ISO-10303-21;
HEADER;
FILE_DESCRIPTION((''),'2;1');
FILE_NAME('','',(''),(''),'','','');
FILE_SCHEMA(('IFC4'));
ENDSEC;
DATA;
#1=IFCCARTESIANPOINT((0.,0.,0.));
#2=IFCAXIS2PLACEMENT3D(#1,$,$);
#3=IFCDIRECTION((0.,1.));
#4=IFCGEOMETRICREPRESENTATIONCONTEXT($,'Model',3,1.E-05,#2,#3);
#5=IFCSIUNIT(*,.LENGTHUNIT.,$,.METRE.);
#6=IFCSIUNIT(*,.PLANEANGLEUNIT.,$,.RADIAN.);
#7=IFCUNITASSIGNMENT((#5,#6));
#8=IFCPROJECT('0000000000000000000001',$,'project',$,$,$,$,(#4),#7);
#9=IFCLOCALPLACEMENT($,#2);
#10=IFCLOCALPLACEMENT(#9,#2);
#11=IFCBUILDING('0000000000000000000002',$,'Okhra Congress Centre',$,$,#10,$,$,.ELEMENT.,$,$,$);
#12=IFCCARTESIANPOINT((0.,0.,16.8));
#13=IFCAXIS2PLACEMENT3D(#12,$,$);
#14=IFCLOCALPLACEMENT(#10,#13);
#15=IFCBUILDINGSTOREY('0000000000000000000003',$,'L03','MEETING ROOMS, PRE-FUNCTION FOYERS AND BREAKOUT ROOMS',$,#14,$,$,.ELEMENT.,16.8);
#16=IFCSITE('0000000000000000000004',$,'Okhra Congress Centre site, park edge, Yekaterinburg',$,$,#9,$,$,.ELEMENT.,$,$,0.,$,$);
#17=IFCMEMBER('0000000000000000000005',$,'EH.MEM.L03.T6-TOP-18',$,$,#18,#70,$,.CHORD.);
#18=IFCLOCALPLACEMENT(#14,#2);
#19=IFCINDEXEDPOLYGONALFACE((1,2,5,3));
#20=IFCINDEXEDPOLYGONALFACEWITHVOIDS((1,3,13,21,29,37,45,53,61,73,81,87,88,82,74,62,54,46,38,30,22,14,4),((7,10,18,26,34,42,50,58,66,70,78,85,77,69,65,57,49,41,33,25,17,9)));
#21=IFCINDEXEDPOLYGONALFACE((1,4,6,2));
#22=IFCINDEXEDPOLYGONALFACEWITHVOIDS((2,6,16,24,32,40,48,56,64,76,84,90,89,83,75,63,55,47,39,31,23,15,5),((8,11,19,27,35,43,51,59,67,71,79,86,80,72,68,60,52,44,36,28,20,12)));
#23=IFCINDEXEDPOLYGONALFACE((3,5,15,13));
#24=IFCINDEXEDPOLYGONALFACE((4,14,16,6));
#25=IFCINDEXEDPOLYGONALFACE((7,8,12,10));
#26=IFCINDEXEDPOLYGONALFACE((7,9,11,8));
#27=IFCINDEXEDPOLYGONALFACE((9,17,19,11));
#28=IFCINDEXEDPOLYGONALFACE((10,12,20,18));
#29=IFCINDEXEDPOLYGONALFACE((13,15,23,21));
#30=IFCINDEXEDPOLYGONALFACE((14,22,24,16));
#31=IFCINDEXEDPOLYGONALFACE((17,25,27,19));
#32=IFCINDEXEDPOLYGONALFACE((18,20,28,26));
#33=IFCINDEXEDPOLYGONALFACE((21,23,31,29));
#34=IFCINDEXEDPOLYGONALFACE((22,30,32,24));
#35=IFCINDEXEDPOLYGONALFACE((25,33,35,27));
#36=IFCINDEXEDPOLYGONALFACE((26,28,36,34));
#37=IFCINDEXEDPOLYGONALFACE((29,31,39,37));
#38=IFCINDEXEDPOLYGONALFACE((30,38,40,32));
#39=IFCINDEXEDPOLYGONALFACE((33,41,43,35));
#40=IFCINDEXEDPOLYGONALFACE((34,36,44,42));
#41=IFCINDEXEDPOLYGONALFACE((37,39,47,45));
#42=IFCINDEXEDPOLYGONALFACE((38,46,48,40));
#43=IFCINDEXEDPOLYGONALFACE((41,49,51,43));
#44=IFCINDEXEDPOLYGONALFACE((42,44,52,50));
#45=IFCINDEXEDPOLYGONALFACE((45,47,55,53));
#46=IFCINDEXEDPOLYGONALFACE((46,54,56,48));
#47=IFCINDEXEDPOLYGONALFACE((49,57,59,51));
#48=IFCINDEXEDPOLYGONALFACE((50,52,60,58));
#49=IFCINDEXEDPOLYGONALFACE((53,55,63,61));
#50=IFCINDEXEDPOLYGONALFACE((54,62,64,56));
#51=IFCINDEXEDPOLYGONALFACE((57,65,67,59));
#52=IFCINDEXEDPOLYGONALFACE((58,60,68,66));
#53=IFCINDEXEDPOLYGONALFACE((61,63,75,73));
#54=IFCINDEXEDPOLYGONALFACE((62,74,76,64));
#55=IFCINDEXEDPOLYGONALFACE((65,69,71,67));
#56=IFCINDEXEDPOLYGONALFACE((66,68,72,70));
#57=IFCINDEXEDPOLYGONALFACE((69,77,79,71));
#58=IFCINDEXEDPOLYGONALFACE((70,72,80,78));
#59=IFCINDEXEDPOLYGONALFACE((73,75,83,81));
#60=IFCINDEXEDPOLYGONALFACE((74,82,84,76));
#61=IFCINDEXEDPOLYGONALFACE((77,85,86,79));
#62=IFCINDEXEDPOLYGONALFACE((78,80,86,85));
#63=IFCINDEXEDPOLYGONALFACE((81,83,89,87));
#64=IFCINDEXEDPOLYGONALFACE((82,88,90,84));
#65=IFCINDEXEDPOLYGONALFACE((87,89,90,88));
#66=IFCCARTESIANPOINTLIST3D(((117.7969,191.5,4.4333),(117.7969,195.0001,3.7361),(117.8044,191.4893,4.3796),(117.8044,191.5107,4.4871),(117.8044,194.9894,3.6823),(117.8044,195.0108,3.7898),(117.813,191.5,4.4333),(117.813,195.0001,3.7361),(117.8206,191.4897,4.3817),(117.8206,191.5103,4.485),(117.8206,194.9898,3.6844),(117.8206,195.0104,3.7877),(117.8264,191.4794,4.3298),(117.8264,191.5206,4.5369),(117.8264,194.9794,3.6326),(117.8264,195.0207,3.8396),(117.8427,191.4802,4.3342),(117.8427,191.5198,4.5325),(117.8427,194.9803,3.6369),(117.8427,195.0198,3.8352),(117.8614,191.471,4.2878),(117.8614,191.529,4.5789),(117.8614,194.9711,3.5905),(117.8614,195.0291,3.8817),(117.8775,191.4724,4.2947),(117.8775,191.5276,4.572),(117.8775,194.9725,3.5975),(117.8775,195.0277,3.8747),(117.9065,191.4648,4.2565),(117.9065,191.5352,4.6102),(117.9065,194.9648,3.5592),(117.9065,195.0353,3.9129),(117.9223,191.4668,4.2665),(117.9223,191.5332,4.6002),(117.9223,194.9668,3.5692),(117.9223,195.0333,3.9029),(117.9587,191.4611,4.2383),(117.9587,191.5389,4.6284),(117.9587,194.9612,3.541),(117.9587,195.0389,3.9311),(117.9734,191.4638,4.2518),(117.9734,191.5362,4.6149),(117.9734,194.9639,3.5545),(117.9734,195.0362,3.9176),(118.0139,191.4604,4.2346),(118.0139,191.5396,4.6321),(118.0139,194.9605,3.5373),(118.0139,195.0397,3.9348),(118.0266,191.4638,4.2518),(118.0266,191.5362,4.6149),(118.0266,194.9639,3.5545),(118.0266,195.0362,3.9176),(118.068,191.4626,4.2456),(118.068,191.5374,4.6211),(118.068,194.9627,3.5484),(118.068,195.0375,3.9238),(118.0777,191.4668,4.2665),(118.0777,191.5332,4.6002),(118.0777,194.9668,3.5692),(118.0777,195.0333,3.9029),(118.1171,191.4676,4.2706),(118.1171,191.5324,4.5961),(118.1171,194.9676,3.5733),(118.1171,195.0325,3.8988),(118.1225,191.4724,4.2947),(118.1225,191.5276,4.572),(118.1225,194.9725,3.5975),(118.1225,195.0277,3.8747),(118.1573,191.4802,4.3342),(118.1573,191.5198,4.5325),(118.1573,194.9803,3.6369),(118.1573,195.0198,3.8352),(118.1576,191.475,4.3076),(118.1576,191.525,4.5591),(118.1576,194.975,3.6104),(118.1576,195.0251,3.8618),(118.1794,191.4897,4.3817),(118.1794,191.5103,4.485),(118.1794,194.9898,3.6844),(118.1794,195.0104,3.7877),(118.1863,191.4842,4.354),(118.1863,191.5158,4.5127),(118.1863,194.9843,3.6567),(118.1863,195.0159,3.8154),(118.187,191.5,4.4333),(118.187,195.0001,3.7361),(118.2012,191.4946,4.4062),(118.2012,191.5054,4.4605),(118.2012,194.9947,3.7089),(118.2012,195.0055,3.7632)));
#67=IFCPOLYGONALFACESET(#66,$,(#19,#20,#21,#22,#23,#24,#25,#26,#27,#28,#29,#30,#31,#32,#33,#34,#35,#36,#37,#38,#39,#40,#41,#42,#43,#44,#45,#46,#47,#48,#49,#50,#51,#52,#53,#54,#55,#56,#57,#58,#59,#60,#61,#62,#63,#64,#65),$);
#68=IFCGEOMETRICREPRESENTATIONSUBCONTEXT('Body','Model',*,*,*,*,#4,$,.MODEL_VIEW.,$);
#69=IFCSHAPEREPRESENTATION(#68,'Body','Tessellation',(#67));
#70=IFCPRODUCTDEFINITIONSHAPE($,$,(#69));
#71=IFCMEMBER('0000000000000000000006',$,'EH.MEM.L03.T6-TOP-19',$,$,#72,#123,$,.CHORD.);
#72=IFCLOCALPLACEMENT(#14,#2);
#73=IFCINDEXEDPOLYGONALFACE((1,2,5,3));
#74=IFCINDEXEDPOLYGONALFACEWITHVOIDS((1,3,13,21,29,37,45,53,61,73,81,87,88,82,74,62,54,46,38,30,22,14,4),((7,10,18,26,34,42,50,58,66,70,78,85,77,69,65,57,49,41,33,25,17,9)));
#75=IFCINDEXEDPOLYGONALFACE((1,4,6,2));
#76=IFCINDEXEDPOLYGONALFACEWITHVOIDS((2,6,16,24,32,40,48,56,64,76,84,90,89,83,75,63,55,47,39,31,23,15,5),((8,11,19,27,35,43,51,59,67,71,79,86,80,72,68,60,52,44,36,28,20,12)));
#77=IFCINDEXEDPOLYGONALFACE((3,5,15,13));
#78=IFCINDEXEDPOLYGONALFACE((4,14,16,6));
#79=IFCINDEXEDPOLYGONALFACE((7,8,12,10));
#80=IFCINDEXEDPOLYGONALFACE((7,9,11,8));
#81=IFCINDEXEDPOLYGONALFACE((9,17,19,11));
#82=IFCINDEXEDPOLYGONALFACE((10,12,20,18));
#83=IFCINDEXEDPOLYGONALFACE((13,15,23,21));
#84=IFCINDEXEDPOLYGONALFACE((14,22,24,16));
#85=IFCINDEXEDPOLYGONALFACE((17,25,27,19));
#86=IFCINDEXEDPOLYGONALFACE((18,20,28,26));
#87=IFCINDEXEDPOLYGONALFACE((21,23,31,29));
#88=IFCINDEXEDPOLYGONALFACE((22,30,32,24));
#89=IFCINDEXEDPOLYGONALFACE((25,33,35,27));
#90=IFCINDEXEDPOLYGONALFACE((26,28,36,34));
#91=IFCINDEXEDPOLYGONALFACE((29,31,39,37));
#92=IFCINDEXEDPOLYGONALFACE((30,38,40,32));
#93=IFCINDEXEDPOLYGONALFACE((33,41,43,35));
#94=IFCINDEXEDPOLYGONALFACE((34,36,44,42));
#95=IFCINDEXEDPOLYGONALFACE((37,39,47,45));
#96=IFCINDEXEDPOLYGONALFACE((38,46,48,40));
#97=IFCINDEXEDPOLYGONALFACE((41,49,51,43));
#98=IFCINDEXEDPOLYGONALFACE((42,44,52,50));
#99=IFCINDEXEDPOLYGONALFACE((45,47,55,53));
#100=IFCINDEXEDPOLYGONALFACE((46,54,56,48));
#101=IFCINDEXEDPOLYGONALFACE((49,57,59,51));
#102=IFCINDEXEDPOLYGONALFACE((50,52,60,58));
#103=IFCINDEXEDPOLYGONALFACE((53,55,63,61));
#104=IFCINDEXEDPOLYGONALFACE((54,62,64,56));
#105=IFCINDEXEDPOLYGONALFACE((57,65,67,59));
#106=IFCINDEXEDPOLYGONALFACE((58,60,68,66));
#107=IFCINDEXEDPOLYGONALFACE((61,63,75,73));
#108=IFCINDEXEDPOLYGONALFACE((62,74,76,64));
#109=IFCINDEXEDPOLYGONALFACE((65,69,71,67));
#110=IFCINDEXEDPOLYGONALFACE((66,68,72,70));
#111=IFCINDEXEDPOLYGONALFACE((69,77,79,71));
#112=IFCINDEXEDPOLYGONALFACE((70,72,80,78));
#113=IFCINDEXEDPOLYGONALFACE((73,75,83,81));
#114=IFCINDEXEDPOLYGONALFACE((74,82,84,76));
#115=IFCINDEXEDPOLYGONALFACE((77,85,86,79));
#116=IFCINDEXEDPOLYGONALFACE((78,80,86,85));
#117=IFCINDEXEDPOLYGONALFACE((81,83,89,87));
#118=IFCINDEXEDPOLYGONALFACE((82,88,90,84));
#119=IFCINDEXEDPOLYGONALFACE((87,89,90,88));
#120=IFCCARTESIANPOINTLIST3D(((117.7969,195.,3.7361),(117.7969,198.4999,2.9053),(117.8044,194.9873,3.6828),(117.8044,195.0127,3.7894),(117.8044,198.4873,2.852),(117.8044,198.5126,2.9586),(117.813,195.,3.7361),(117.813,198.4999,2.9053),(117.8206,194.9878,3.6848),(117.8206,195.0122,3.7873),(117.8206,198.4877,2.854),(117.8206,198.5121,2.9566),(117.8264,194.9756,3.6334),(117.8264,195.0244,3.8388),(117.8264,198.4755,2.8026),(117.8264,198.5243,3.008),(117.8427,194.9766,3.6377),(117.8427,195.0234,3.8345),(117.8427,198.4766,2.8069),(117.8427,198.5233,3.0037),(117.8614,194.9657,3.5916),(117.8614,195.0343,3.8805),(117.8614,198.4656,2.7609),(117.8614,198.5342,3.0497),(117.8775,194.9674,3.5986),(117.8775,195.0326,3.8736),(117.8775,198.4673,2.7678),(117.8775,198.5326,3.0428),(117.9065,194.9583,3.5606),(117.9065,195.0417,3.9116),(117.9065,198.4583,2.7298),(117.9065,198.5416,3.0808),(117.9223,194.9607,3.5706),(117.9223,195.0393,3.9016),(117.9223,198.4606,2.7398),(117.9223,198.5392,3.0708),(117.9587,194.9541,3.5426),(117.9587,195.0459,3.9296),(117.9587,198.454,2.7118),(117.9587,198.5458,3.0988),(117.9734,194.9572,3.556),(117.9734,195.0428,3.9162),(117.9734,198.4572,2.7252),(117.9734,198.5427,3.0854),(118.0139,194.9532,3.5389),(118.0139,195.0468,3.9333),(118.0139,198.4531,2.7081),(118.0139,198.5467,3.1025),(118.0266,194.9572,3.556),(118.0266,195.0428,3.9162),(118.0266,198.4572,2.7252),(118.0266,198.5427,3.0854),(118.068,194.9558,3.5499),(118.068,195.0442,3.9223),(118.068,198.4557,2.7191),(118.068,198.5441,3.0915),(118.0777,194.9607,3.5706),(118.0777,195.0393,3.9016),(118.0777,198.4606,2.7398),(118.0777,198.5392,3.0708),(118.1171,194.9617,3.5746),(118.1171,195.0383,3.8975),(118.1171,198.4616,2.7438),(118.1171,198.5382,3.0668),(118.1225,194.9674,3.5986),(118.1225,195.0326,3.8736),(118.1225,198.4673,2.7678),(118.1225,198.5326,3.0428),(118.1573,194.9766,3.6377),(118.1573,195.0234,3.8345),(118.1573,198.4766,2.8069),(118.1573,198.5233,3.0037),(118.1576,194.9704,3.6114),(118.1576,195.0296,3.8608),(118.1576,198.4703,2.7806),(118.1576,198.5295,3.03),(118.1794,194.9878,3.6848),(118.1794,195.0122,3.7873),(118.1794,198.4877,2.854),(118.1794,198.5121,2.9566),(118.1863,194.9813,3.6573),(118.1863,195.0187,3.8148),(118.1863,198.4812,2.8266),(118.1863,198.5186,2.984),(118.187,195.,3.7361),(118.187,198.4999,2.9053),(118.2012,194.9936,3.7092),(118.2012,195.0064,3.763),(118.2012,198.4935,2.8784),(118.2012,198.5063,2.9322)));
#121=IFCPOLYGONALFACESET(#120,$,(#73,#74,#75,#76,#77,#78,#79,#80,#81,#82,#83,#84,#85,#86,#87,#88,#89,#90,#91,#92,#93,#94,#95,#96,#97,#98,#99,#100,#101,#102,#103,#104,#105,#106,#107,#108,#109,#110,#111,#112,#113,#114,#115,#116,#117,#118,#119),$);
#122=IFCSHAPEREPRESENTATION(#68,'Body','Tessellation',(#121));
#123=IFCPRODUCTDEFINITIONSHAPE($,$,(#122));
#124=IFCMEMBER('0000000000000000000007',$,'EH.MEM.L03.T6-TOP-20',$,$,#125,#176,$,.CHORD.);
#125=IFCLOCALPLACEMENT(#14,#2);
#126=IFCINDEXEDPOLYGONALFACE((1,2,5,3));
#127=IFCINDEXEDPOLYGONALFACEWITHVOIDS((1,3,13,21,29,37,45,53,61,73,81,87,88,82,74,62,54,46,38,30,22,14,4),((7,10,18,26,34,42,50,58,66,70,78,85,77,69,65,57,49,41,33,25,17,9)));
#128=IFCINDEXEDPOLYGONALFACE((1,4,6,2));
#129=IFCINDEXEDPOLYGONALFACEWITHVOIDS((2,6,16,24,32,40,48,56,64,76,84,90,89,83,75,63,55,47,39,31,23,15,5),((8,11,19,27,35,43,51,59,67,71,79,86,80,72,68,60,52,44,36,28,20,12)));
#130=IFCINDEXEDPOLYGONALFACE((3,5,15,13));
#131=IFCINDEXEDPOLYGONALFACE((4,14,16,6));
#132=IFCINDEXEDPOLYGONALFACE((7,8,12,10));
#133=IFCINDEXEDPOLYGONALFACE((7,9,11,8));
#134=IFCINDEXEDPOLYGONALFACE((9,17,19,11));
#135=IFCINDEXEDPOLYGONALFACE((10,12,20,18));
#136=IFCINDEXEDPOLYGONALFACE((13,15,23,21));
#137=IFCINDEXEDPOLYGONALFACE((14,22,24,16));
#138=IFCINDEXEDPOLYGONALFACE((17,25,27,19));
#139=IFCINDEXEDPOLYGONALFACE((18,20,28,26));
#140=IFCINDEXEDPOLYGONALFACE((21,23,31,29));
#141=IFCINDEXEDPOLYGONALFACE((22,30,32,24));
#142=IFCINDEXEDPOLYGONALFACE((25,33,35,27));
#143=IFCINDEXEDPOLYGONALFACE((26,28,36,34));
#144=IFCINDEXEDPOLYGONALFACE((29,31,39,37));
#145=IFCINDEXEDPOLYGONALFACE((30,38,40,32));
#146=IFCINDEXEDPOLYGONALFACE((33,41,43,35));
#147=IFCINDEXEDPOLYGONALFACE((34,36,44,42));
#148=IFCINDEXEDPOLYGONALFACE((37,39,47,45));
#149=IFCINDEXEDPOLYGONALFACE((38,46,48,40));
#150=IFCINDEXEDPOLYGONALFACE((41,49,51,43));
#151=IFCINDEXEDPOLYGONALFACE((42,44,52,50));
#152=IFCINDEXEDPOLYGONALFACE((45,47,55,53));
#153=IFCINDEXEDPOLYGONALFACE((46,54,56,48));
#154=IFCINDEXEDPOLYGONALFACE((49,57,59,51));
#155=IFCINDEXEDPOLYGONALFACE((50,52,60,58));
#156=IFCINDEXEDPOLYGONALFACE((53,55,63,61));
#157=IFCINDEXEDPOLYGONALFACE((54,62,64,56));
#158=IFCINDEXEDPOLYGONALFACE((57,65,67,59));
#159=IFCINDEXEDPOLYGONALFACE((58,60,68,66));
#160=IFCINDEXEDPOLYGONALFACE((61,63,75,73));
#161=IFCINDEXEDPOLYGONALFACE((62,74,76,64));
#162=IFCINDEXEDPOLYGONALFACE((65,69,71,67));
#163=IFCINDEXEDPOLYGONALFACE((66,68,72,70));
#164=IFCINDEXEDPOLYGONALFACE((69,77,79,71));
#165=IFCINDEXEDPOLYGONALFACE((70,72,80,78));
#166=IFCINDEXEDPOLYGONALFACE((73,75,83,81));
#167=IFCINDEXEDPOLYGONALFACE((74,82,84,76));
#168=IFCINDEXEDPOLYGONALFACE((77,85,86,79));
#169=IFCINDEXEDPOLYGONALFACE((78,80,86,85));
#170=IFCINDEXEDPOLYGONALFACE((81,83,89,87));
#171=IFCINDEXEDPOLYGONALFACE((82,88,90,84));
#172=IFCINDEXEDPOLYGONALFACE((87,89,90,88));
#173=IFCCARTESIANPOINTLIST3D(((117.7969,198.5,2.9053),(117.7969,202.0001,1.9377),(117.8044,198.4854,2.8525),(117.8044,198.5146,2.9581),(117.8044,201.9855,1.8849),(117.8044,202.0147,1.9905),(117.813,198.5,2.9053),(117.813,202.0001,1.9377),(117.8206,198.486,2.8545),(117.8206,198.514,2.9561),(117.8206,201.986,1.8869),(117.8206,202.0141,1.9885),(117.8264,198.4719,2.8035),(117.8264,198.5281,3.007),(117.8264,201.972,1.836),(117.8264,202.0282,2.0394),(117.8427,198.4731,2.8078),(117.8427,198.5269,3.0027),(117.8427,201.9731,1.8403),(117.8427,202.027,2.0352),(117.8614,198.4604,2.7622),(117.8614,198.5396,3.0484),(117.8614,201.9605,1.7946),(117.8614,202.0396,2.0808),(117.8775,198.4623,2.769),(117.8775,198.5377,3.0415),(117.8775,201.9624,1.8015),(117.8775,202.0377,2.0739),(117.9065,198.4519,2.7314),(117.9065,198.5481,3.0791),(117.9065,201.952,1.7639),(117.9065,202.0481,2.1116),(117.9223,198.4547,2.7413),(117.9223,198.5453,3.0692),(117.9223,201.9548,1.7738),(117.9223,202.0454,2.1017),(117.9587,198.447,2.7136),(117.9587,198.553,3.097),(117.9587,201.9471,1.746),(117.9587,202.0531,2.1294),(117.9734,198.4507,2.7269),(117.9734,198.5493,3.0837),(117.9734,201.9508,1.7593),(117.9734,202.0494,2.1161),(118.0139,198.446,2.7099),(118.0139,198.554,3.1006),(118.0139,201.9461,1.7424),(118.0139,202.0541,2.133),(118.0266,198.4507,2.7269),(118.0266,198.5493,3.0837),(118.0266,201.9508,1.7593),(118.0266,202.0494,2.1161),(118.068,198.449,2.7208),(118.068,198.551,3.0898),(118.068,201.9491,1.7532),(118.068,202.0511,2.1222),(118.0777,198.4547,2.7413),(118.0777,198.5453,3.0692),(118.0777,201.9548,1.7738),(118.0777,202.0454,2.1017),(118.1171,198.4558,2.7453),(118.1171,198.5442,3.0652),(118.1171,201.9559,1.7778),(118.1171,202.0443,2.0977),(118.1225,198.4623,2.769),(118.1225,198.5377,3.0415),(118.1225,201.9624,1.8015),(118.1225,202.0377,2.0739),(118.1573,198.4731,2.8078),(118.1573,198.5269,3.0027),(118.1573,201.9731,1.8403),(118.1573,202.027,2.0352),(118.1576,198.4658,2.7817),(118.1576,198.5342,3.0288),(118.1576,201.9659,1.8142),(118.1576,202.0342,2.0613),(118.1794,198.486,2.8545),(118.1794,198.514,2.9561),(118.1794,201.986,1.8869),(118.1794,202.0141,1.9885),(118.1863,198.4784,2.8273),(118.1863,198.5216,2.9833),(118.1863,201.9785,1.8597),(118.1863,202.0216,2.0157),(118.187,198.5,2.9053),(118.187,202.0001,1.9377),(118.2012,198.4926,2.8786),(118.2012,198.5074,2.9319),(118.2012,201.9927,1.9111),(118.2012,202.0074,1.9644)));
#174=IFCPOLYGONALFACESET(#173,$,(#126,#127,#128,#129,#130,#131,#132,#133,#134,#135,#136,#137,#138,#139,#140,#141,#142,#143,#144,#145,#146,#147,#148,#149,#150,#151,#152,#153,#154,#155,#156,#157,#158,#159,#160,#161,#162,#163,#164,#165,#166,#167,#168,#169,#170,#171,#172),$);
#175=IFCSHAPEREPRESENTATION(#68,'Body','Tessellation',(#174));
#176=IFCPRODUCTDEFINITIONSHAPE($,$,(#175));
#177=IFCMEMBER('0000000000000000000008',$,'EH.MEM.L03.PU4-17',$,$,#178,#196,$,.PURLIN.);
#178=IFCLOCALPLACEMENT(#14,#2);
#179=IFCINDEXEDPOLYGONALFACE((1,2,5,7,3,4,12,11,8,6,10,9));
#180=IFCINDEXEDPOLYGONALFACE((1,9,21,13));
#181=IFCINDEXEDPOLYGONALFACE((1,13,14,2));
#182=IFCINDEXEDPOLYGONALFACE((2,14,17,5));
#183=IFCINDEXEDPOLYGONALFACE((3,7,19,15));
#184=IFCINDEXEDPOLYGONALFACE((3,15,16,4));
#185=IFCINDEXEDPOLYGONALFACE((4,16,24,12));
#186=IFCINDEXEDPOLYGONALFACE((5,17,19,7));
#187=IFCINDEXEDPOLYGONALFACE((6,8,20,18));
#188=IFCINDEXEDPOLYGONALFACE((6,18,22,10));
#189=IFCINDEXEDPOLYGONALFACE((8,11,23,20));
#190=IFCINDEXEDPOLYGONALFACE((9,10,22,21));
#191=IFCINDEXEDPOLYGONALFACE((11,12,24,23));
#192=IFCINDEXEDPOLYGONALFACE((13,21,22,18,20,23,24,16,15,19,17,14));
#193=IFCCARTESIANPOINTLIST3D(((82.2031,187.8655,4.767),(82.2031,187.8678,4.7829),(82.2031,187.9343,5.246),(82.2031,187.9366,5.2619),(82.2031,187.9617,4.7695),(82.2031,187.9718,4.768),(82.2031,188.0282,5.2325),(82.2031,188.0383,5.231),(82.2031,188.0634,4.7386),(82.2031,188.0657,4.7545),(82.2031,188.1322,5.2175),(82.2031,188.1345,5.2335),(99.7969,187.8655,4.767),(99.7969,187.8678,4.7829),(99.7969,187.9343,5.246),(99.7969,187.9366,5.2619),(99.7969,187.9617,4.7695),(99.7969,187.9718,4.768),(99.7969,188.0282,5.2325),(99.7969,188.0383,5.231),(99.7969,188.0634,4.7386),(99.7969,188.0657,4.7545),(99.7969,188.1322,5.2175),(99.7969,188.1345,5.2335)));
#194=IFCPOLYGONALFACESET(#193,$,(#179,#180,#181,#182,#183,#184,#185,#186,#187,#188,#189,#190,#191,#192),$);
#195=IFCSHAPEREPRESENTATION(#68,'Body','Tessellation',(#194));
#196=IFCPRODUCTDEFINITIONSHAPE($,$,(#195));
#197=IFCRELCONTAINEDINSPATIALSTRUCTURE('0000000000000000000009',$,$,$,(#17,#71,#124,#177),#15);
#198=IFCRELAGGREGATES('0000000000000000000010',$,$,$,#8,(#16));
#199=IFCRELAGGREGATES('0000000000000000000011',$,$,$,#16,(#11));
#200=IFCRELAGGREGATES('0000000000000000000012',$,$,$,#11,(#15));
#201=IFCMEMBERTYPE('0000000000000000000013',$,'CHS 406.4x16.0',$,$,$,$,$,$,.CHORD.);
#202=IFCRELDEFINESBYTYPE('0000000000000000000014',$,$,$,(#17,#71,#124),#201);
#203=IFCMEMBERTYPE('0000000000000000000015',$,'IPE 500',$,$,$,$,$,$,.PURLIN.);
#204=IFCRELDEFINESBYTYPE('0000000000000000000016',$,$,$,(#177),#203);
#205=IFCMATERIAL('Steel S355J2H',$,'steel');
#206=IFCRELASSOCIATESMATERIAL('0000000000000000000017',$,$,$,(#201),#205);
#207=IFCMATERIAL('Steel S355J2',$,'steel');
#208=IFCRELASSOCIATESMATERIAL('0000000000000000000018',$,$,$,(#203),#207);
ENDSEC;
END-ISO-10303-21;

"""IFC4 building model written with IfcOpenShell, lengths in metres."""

from ifc_helpers import new_model, si_unit, direction, frame, origin, origin_2d, place, context, subcontext, project, spatial, hollow_circle, i_section, extrude, material, material_profile, profile_set, type_object, element, save


model = new_model("IFC4")

# Units and contexts
model_context = context("Model", 3, precision=1e-05, world=origin(), true_north=direction((0.0, 1.0)))
body_context = subcontext(model_context, "Body", "Model", "MODEL_VIEW")
ifc_project = project(units=[si_unit("LENGTHUNIT", "METRE"), si_unit("PLANEANGLEUNIT", "RADIAN")], contexts=[model_context])

# Site, building, storey
site_placement = place(None, origin())
site = spatial("IfcSite", under=ifc_project, at=site_placement, Name="Okhra Congress Centre site, park edge, Yekaterinburg", CompositionType="ELEMENT", RefElevation=0.0)
building_placement = place(site_placement, origin())
building = spatial("IfcBuilding", under=site, at=building_placement, Name="Okhra Congress Centre", CompositionType="ELEMENT")
storey_placement = place(building_placement, frame((0.0, 0.0, 16.8)))
storey = spatial("IfcBuildingStorey", under=building, at=storey_placement, Name="L03", Description="MEETING ROOMS, PRE-FUNCTION FOYERS AND BREAKOUT ROOMS", CompositionType="ELEMENT", Elevation=16.8)

# Members
ifc_material_1 = material(Name="Steel S355J2H", Category="steel")
ifc_material_profile_1 = material_profile(ifc_material_1, hollow_circle(Radius=0.2031, WallThickness=0.0161, at=origin_2d()), Name="CHS 406.4x16.0")
ifc_profile_set_1 = profile_set([ifc_material_profile_1], Name="Steel S355J2H")
member_type_1 = type_object("IfcMemberType", Name="CHS 406.4x16.0", PredefinedType="CHORD", material=ifc_profile_set_1)
member_1_placement = place(storey_placement, frame((118.0, 191.5, 4.4333), z_axis=(0.0, 0.980728, -0.195379), x_axis=(-1.0, 0.0, 0.0)))
element("IfcMember", 1, at=member_1_placement, inside=storey, type_object=member_type_1, Name="EH.MEM.L03.T6-TOP-18", PredefinedType="CHORD", context=body_context, shape_type="SweptSolid", body=[
    extrude(hollow_circle(Radius=0.2031, WallThickness=0.0161, at=origin_2d()), origin(), (0.0, 0.0, 1.0), 3.5688),
])
member_2_placement = place(storey_placement, frame((118.0, 195.0, 3.7361), z_axis=(0.0, 0.972964, -0.230957), x_axis=(-1.0, 0.0, 0.0)))
element("IfcMember", 2, at=member_2_placement, inside=storey, type_object=member_type_1, Name="EH.MEM.L03.T6-TOP-19", PredefinedType="CHORD", context=body_context, shape_type="SweptSolid", body=[
    extrude(hollow_circle(Radius=0.2031, WallThickness=0.0161, at=origin_2d()), origin(), (0.0, 0.0, 1.0), 3.5972),
])
member_3_placement = place(storey_placement, frame((118.0, 198.5, 2.9053), z_axis=(0.0, 0.96385, -0.266444), x_axis=(-1.0, 0.0, 0.0)))
element("IfcMember", 3, at=member_3_placement, inside=storey, type_object=member_type_1, Name="EH.MEM.L03.T6-TOP-20", PredefinedType="CHORD", context=body_context, shape_type="SweptSolid", body=[
    extrude(hollow_circle(Radius=0.2031, WallThickness=0.0161, at=origin_2d()), origin(), (0.0, 0.0, 1.0), 3.6313),
])
ifc_material_2 = material(Name="Steel S355J2", Category="steel")
ifc_material_profile_2 = material_profile(ifc_material_2, i_section(OverallWidth=0.2, OverallDepth=0.5, WebThickness=0.0103, FlangeThickness=0.0161, at=origin_2d()), Name="IPE 500")
ifc_profile_set_2 = profile_set([ifc_material_profile_2], Name="Steel S355J2")
member_type_2 = type_object("IfcMemberType", Name="IPE 500", PredefinedType="PURLIN", material=ifc_profile_set_2)
for number, where, z_axis, x_axis, name in (
    (4, (82.2031, 188.0, 5.0002), (1.0, 0.0, 0.0), (0.0, 0.989847, -0.142135), "EH.MEM.L03.PU4-17"),
):
    element("IfcMember", number, at=place(storey_placement, frame(where, z_axis=z_axis, x_axis=x_axis)), inside=storey, type_object=member_type_2, Name=name, PredefinedType="PURLIN", context=body_context, shape_type="SweptSolid", body=[
        extrude(i_section(OverallWidth=0.2, OverallDepth=0.5, WebThickness=0.0103, FlangeThickness=0.0161, at=origin_2d()), origin(), (0.0, 0.0, 1.0), 17.5938),
    ])

save(model, "model.ifc")
